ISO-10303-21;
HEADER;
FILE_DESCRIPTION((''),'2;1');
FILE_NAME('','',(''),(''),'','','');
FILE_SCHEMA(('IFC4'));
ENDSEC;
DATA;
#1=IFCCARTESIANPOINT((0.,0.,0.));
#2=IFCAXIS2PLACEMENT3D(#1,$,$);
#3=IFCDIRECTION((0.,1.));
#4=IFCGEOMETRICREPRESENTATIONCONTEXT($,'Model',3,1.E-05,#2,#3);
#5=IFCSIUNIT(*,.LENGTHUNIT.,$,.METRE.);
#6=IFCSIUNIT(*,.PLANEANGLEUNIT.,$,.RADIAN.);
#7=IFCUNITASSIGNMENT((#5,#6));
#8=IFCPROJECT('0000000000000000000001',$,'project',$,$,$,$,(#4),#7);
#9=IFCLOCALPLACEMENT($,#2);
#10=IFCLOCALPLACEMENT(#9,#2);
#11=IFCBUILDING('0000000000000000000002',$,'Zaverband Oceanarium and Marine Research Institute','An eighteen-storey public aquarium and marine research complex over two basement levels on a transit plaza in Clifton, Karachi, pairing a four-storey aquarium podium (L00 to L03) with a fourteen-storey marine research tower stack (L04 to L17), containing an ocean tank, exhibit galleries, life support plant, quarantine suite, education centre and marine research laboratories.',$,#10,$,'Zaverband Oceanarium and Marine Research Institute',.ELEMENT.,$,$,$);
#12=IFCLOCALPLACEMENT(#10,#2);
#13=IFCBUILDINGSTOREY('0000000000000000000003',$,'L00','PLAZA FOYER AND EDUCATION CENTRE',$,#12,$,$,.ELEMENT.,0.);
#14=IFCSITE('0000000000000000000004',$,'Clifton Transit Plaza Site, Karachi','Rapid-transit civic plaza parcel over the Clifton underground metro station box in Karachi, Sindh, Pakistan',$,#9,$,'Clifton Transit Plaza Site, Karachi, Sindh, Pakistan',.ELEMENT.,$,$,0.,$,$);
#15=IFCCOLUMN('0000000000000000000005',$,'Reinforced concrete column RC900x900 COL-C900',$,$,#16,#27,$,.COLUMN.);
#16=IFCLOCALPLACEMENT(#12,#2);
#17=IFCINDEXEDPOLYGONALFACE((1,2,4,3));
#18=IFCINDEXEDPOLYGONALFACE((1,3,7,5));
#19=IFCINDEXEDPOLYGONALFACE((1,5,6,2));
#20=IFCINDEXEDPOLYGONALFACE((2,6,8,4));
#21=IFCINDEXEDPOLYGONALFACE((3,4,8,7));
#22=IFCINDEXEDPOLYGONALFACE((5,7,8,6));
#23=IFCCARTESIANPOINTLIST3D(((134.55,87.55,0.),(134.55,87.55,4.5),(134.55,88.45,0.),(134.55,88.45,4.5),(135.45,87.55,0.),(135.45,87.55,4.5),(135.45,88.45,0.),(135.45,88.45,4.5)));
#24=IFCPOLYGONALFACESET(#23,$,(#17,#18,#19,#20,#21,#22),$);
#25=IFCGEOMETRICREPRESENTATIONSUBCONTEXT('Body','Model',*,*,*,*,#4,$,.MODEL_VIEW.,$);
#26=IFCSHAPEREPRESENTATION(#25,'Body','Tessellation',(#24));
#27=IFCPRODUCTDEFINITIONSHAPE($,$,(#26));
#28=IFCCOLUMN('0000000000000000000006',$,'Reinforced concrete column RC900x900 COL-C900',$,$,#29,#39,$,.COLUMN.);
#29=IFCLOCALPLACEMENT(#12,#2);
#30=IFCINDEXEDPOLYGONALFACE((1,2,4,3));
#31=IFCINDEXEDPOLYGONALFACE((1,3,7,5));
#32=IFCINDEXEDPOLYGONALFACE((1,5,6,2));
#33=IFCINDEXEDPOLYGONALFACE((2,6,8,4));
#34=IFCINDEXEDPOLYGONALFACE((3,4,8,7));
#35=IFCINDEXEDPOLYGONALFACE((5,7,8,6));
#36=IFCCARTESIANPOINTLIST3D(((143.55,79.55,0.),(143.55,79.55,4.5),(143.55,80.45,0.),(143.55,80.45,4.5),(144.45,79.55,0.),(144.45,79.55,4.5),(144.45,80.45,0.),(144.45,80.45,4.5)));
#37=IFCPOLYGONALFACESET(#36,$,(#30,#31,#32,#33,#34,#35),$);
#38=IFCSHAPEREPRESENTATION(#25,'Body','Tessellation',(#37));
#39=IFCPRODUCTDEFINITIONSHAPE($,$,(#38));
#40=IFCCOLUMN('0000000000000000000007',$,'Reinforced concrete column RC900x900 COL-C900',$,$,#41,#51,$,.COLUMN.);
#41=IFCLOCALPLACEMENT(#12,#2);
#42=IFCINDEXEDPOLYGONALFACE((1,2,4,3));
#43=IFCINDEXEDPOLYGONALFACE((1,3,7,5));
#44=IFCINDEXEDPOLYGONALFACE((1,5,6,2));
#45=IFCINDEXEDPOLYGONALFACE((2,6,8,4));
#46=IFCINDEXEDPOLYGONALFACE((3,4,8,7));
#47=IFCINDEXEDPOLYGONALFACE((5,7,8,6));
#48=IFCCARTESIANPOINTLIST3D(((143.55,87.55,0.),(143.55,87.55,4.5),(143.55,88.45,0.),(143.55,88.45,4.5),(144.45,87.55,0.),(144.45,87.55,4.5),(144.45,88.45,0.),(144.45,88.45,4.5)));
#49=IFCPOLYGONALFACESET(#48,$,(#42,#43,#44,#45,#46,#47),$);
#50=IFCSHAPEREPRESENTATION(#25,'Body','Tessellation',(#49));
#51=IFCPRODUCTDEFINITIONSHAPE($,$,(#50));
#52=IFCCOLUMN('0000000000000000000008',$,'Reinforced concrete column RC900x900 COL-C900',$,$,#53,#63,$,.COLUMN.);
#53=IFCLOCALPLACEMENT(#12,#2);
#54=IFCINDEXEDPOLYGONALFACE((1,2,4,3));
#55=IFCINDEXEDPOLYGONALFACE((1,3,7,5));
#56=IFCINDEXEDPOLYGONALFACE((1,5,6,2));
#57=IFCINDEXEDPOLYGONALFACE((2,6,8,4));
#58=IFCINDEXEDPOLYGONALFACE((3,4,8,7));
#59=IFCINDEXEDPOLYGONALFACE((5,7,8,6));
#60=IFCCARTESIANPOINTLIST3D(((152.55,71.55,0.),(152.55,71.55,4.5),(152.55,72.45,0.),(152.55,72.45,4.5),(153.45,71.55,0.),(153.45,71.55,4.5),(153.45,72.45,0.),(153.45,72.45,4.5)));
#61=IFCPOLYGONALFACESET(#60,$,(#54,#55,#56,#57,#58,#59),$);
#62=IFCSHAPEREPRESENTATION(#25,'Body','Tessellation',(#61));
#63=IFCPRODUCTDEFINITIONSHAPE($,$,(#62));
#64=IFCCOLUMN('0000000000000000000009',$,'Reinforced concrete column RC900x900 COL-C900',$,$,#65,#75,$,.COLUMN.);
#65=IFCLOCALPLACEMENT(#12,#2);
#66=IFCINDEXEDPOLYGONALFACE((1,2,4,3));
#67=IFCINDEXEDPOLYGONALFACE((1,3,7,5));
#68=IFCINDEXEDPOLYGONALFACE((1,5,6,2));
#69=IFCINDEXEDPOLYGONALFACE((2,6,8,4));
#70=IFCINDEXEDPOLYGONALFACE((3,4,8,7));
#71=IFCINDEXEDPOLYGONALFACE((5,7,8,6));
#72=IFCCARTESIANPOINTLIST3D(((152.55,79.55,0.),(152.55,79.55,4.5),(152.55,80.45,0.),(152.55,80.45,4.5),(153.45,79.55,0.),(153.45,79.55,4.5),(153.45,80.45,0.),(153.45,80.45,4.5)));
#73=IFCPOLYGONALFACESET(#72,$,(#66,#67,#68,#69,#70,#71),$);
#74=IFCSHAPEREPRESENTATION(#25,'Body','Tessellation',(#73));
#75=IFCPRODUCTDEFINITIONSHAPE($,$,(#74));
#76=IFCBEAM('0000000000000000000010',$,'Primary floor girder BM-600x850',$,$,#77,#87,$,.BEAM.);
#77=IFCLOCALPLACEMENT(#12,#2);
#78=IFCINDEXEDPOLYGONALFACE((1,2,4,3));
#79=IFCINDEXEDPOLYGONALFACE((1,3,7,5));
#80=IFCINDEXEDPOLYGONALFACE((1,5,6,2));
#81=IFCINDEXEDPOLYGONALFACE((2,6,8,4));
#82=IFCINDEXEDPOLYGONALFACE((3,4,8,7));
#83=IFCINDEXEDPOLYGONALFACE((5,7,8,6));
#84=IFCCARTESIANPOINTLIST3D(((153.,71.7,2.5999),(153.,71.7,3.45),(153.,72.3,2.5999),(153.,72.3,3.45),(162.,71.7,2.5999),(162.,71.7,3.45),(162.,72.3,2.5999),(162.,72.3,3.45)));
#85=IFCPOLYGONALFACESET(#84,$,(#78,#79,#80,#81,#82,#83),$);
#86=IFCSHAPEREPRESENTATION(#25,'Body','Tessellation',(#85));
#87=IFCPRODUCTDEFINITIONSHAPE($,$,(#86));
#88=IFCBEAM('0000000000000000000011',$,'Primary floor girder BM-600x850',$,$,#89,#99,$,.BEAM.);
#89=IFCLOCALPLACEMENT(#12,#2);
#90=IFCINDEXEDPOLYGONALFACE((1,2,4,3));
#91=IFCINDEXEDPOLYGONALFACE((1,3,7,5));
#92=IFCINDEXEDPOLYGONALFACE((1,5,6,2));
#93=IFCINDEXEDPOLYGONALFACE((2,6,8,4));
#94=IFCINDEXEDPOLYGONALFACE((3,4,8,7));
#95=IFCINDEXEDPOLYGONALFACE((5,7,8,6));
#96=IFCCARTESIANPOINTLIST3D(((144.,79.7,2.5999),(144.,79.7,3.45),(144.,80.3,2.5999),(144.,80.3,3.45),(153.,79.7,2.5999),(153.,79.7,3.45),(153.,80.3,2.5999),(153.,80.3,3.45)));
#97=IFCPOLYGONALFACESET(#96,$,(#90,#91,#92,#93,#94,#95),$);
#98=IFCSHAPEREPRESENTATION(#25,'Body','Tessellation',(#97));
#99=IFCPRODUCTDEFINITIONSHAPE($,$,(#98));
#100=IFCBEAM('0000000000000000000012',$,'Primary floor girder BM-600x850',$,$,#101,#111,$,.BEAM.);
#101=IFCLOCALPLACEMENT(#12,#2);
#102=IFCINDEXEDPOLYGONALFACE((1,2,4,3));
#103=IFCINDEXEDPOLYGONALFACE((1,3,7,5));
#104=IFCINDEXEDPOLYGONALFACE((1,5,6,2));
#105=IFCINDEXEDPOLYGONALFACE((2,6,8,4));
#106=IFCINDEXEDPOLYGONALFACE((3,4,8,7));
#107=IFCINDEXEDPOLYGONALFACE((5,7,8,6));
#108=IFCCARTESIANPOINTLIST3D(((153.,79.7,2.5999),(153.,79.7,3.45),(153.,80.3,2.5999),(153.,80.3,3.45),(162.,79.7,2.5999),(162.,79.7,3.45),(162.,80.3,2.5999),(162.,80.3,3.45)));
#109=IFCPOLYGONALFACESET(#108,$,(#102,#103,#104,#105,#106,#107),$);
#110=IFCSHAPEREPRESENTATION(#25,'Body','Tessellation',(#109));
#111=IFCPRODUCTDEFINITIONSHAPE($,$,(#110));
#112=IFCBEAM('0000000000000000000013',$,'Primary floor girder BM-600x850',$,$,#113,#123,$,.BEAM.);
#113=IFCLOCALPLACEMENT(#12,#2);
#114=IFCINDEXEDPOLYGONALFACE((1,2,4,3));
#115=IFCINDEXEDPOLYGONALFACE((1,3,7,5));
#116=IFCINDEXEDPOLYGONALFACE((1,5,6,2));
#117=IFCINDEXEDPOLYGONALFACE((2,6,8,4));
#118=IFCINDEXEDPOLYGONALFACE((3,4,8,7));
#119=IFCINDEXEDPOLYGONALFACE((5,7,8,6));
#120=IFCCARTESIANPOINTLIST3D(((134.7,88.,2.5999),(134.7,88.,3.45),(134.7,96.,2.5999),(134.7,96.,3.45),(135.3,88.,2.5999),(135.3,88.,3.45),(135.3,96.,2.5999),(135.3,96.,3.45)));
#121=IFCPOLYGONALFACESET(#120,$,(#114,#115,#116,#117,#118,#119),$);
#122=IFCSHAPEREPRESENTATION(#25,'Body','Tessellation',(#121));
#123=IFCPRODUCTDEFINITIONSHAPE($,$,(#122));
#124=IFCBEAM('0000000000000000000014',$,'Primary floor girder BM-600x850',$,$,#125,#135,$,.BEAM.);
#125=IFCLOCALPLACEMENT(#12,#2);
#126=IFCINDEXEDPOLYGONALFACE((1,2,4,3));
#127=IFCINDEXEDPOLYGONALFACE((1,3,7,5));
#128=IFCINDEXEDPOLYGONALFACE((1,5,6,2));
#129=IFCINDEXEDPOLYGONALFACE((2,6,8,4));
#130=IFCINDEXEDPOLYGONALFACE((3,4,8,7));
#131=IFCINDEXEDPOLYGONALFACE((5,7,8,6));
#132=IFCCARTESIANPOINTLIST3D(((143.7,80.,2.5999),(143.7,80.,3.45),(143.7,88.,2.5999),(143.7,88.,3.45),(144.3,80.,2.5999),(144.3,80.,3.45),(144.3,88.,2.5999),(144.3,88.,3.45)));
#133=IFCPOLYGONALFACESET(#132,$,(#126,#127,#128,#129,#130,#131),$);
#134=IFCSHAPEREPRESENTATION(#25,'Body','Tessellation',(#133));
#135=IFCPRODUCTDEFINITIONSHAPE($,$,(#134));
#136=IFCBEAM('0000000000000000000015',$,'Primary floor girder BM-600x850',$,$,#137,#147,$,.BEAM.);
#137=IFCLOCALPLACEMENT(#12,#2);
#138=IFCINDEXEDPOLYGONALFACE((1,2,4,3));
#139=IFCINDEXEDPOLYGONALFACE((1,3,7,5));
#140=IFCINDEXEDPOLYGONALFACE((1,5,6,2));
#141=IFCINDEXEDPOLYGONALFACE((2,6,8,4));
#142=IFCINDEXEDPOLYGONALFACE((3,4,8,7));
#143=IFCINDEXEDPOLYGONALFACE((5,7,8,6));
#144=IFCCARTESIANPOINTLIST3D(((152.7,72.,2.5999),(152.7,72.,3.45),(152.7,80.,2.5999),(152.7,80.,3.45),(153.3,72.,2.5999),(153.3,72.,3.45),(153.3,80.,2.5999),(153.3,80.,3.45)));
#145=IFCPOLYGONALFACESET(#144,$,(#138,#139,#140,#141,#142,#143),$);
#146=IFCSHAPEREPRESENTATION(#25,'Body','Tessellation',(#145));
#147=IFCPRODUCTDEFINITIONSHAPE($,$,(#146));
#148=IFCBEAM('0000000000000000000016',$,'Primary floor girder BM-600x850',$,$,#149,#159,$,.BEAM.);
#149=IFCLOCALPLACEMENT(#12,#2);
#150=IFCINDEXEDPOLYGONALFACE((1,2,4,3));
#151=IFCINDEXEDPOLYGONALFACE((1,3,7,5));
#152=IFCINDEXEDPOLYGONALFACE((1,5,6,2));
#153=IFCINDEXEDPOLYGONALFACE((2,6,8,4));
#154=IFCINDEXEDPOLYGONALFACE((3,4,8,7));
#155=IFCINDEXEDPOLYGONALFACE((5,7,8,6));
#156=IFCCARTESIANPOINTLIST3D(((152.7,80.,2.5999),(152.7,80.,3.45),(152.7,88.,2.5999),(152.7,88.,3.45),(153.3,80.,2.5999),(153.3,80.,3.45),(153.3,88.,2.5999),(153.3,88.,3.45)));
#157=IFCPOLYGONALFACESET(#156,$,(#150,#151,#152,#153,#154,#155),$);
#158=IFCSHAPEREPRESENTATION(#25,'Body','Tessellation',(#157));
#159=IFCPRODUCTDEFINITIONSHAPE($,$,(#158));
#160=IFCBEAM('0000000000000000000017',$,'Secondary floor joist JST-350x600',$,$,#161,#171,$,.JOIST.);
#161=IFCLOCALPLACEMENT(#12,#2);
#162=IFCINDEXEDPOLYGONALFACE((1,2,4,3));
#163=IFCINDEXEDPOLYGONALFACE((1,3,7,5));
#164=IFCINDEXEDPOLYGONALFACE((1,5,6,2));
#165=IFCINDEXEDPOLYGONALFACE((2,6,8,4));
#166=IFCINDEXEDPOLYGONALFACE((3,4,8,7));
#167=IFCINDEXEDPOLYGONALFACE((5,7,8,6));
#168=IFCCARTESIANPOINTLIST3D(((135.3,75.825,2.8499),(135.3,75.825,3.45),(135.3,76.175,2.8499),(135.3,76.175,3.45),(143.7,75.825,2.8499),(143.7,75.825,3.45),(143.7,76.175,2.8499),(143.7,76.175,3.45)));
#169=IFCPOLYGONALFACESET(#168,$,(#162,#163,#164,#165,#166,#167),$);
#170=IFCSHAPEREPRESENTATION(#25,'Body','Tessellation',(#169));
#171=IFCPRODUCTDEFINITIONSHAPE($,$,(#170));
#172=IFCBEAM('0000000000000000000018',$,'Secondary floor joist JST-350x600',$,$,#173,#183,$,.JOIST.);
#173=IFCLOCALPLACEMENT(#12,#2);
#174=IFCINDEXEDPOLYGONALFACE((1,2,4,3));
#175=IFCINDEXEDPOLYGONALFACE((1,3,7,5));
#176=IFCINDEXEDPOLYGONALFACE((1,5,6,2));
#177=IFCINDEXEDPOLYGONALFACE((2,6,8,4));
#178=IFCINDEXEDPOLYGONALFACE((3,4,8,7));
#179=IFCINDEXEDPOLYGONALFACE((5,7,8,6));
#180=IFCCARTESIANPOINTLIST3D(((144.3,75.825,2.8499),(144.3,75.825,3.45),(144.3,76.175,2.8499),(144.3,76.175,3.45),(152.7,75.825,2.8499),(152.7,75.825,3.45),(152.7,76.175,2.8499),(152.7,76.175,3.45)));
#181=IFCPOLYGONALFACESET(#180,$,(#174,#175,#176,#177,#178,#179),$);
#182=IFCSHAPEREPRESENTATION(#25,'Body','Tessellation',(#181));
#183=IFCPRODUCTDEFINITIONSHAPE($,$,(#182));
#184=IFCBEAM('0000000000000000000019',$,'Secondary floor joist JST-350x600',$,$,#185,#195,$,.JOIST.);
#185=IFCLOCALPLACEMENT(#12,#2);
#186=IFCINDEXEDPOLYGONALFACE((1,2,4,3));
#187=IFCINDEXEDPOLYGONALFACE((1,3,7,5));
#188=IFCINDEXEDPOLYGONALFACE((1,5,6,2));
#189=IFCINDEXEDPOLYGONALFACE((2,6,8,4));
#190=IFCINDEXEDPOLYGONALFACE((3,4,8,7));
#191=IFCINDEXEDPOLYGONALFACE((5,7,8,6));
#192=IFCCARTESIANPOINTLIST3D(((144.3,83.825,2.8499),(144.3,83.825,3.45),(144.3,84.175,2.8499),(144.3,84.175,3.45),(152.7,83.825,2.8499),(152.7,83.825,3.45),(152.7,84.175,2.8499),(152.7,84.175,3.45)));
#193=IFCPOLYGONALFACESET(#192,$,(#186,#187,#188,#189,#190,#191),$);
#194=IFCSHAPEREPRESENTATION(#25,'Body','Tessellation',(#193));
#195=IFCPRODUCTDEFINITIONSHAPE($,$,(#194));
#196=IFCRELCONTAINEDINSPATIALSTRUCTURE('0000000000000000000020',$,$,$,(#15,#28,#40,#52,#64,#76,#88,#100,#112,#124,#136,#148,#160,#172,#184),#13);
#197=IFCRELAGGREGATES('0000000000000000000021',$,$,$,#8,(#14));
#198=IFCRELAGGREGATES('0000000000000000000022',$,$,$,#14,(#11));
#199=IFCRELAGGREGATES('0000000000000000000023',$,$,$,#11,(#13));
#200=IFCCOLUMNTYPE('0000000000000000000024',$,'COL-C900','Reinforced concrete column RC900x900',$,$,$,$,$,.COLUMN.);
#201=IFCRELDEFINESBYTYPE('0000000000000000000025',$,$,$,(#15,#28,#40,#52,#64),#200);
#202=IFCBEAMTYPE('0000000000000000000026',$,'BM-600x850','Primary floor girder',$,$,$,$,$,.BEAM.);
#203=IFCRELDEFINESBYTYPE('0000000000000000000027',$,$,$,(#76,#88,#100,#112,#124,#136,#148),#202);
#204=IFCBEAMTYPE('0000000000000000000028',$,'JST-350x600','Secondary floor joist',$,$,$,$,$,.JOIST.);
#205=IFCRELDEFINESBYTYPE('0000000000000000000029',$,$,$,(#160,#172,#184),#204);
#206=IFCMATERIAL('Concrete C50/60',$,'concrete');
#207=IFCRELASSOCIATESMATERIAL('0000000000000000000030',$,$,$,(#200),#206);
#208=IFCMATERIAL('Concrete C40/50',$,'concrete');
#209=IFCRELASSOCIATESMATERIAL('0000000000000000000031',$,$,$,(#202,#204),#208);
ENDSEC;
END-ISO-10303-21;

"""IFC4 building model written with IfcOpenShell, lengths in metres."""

from ifc_helpers import new_model, si_unit, direction, frame, origin, origin_2d, place, context, subcontext, project, spatial, rectangle, extrude, material, material_profile, profile_set, type_object, element, save


model = new_model("IFC4")

# Units and contexts
model_context = context("Model", 3, precision=1e-05, world=origin(), true_north=direction((0.0, 1.0)))
body_context = subcontext(model_context, "Body", "Model", "MODEL_VIEW")
ifc_project = project(units=[si_unit("LENGTHUNIT", "METRE"), si_unit("PLANEANGLEUNIT", "RADIAN")], contexts=[model_context])

# Site, building, storey
site_placement = place(None, origin())
site = spatial("IfcSite", under=ifc_project, at=site_placement, Name="Clifton Transit Plaza Site, Karachi", Description="Rapid-transit civic plaza parcel over the Clifton underground metro station box in Karachi, Sindh, Pakistan", LongName="Clifton Transit Plaza Site, Karachi, Sindh, Pakistan", CompositionType="ELEMENT", RefElevation=0.0)
building_placement = place(site_placement, origin())
building = spatial("IfcBuilding", under=site, at=building_placement, Name="Zaverband Oceanarium and Marine Research Institute", Description="An eighteen-storey public aquarium and marine research complex over two basement levels on a transit plaza in Clifton, Karachi, pairing a four-storey aquarium podium (L00 to L03) with a fourteen-storey marine research tower stack (L04 to L17), containing an ocean tank, exhibit galleries, life support plant, quarantine suite, education centre and marine research laboratories.", LongName="Zaverband Oceanarium and Marine Research Institute", CompositionType="ELEMENT")
storey_placement = place(building_placement, origin())
storey = spatial("IfcBuildingStorey", under=building, at=storey_placement, Name="L00", Description="PLAZA FOYER AND EDUCATION CENTRE", CompositionType="ELEMENT", Elevation=0.0)

# Columns
ifc_material_1 = material(Name="Concrete C50/60", Category="concrete")
ifc_material_profile_1 = material_profile(ifc_material_1, rectangle(XDim=0.8999, YDim=0.8999, at=origin_2d()), Name="RC900x900")
ifc_profile_set_1 = profile_set([ifc_material_profile_1], Name="Concrete C50/60")
column_type = type_object("IfcColumnType", Name="COL-C900", Description="Reinforced concrete column RC900x900", PredefinedType="COLUMN", material=ifc_profile_set_1)
for number, where, z_axis, x_axis, name in (
    (1, (135.0, 88.0, 0.0), (0.0, 0.0, 1.0), (1.0, 0.0, 0.0), "Reinforced concrete column RC900x900 COL-C900"),
    (2, (144.0, 80.0, 0.0), (0.0, 0.0, 1.0), (1.0, 0.0, 0.0), "Reinforced concrete column RC900x900 COL-C900"),
    (3, (144.0, 88.0, 0.0), (0.0, 0.0, 1.0), (1.0, 0.0, 0.0), "Reinforced concrete column RC900x900 COL-C900"),
    (4, (153.0, 72.0, 0.0), (0.0, 0.0, 1.0), (1.0, 0.0, 0.0), "Reinforced concrete column RC900x900 COL-C900"),
    (5, (153.0, 80.0, 0.0), (0.0, 0.0, 1.0), (1.0, 0.0, 0.0), "Reinforced concrete column RC900x900 COL-C900"),
):
    element("IfcColumn", number, at=place(storey_placement, frame(where, z_axis=z_axis, x_axis=x_axis)), inside=storey, type_object=column_type, Name=name, PredefinedType="COLUMN", context=body_context, shape_type="SweptSolid", body=[
        extrude(rectangle(XDim=0.8999, YDim=0.8999, at=origin_2d()), origin(), (0.0, 0.0, 1.0), 4.5),
    ])

# Beams
ifc_material_2 = material(Name="Concrete C40/50", Category="concrete")
ifc_material_profile_2 = material_profile(ifc_material_2, rectangle(XDim=0.6001, YDim=0.8501, at=origin_2d()), Name="RC600x850")
ifc_profile_set_2 = profile_set([ifc_material_profile_2], Name="Concrete C40/50")
beam_type_1 = type_object("IfcBeamType", Name="BM-600x850", Description="Primary floor girder", PredefinedType="BEAM", material=ifc_profile_set_2)
for number, where, z_axis, x_axis, name in (
    (6, (153.0, 72.0, 3.0249), (1.0, 0.0, 0.0), (0.0, 1.0, 0.0), "Primary floor girder BM-600x850"),
    (7, (144.0, 80.0, 3.0249), (1.0, 0.0, 0.0), (0.0, 1.0, 0.0), "Primary floor girder BM-600x850"),
    (8, (153.0, 80.0, 3.0249), (1.0, 0.0, 0.0), (0.0, 1.0, 0.0), "Primary floor girder BM-600x850"),
):
    element("IfcBeam", number, at=place(storey_placement, frame(where, z_axis=z_axis, x_axis=x_axis)), inside=storey, type_object=beam_type_1, Name=name, PredefinedType="BEAM", context=body_context, shape_type="SweptSolid", body=[
        extrude(rectangle(XDim=0.6001, YDim=0.8501, at=origin_2d()), origin(), (0.0, 0.0, 1.0), 9.0),
    ])
for number, where, z_axis, x_axis, name in (
    (9, (135.0, 88.0, 3.0249), (0.0, 1.0, 0.0), (-1.0, 0.0, 0.0), "Primary floor girder BM-600x850"),
    (10, (144.0, 80.0, 3.0249), (0.0, 1.0, 0.0), (-1.0, 0.0, 0.0), "Primary floor girder BM-600x850"),
    (11, (153.0, 72.0, 3.0249), (0.0, 1.0, 0.0), (-1.0, 0.0, 0.0), "Primary floor girder BM-600x850"),
    (12, (153.0, 80.0, 3.0249), (0.0, 1.0, 0.0), (-1.0, 0.0, 0.0), "Primary floor girder BM-600x850"),
):
    element("IfcBeam", number, at=place(storey_placement, frame(where, z_axis=z_axis, x_axis=x_axis)), inside=storey, type_object=beam_type_1, Name=name, PredefinedType="BEAM", context=body_context, shape_type="SweptSolid", body=[
        extrude(rectangle(XDim=0.6001, YDim=0.8501, at=origin_2d()), origin(), (0.0, 0.0, 1.0), 8.0),
    ])
ifc_material_profile_3 = material_profile(ifc_material_2, rectangle(XDim=0.3501, YDim=0.6001, at=origin_2d()), Name="RC350x600")
ifc_profile_set_3 = profile_set([ifc_material_profile_3], Name="Concrete C40/50")
beam_type_2 = type_object("IfcBeamType", Name="JST-350x600", Description="Secondary floor joist", PredefinedType="JOIST", material=ifc_profile_set_3)
for number, where, z_axis, x_axis, name in (
    (13, (135.3, 76.0, 3.1499), (1.0, 0.0, 0.0), (0.0, 1.0, 0.0), "Secondary floor joist JST-350x600"),
    (14, (144.3, 76.0, 3.1499), (1.0, 0.0, 0.0), (0.0, 1.0, 0.0), "Secondary floor joist JST-350x600"),
    (15, (144.3, 84.0, 3.1499), (1.0, 0.0, 0.0), (0.0, 1.0, 0.0), "Secondary floor joist JST-350x600"),
):
    element("IfcBeam", number, at=place(storey_placement, frame(where, z_axis=z_axis, x_axis=x_axis)), inside=storey, type_object=beam_type_2, Name=name, PredefinedType="JOIST", context=body_context, shape_type="SweptSolid", body=[
        extrude(rectangle(XDim=0.3501, YDim=0.6001, at=origin_2d()), origin(), (0.0, 0.0, 1.0), 8.3999),
    ])

save(model, "model.ifc")
